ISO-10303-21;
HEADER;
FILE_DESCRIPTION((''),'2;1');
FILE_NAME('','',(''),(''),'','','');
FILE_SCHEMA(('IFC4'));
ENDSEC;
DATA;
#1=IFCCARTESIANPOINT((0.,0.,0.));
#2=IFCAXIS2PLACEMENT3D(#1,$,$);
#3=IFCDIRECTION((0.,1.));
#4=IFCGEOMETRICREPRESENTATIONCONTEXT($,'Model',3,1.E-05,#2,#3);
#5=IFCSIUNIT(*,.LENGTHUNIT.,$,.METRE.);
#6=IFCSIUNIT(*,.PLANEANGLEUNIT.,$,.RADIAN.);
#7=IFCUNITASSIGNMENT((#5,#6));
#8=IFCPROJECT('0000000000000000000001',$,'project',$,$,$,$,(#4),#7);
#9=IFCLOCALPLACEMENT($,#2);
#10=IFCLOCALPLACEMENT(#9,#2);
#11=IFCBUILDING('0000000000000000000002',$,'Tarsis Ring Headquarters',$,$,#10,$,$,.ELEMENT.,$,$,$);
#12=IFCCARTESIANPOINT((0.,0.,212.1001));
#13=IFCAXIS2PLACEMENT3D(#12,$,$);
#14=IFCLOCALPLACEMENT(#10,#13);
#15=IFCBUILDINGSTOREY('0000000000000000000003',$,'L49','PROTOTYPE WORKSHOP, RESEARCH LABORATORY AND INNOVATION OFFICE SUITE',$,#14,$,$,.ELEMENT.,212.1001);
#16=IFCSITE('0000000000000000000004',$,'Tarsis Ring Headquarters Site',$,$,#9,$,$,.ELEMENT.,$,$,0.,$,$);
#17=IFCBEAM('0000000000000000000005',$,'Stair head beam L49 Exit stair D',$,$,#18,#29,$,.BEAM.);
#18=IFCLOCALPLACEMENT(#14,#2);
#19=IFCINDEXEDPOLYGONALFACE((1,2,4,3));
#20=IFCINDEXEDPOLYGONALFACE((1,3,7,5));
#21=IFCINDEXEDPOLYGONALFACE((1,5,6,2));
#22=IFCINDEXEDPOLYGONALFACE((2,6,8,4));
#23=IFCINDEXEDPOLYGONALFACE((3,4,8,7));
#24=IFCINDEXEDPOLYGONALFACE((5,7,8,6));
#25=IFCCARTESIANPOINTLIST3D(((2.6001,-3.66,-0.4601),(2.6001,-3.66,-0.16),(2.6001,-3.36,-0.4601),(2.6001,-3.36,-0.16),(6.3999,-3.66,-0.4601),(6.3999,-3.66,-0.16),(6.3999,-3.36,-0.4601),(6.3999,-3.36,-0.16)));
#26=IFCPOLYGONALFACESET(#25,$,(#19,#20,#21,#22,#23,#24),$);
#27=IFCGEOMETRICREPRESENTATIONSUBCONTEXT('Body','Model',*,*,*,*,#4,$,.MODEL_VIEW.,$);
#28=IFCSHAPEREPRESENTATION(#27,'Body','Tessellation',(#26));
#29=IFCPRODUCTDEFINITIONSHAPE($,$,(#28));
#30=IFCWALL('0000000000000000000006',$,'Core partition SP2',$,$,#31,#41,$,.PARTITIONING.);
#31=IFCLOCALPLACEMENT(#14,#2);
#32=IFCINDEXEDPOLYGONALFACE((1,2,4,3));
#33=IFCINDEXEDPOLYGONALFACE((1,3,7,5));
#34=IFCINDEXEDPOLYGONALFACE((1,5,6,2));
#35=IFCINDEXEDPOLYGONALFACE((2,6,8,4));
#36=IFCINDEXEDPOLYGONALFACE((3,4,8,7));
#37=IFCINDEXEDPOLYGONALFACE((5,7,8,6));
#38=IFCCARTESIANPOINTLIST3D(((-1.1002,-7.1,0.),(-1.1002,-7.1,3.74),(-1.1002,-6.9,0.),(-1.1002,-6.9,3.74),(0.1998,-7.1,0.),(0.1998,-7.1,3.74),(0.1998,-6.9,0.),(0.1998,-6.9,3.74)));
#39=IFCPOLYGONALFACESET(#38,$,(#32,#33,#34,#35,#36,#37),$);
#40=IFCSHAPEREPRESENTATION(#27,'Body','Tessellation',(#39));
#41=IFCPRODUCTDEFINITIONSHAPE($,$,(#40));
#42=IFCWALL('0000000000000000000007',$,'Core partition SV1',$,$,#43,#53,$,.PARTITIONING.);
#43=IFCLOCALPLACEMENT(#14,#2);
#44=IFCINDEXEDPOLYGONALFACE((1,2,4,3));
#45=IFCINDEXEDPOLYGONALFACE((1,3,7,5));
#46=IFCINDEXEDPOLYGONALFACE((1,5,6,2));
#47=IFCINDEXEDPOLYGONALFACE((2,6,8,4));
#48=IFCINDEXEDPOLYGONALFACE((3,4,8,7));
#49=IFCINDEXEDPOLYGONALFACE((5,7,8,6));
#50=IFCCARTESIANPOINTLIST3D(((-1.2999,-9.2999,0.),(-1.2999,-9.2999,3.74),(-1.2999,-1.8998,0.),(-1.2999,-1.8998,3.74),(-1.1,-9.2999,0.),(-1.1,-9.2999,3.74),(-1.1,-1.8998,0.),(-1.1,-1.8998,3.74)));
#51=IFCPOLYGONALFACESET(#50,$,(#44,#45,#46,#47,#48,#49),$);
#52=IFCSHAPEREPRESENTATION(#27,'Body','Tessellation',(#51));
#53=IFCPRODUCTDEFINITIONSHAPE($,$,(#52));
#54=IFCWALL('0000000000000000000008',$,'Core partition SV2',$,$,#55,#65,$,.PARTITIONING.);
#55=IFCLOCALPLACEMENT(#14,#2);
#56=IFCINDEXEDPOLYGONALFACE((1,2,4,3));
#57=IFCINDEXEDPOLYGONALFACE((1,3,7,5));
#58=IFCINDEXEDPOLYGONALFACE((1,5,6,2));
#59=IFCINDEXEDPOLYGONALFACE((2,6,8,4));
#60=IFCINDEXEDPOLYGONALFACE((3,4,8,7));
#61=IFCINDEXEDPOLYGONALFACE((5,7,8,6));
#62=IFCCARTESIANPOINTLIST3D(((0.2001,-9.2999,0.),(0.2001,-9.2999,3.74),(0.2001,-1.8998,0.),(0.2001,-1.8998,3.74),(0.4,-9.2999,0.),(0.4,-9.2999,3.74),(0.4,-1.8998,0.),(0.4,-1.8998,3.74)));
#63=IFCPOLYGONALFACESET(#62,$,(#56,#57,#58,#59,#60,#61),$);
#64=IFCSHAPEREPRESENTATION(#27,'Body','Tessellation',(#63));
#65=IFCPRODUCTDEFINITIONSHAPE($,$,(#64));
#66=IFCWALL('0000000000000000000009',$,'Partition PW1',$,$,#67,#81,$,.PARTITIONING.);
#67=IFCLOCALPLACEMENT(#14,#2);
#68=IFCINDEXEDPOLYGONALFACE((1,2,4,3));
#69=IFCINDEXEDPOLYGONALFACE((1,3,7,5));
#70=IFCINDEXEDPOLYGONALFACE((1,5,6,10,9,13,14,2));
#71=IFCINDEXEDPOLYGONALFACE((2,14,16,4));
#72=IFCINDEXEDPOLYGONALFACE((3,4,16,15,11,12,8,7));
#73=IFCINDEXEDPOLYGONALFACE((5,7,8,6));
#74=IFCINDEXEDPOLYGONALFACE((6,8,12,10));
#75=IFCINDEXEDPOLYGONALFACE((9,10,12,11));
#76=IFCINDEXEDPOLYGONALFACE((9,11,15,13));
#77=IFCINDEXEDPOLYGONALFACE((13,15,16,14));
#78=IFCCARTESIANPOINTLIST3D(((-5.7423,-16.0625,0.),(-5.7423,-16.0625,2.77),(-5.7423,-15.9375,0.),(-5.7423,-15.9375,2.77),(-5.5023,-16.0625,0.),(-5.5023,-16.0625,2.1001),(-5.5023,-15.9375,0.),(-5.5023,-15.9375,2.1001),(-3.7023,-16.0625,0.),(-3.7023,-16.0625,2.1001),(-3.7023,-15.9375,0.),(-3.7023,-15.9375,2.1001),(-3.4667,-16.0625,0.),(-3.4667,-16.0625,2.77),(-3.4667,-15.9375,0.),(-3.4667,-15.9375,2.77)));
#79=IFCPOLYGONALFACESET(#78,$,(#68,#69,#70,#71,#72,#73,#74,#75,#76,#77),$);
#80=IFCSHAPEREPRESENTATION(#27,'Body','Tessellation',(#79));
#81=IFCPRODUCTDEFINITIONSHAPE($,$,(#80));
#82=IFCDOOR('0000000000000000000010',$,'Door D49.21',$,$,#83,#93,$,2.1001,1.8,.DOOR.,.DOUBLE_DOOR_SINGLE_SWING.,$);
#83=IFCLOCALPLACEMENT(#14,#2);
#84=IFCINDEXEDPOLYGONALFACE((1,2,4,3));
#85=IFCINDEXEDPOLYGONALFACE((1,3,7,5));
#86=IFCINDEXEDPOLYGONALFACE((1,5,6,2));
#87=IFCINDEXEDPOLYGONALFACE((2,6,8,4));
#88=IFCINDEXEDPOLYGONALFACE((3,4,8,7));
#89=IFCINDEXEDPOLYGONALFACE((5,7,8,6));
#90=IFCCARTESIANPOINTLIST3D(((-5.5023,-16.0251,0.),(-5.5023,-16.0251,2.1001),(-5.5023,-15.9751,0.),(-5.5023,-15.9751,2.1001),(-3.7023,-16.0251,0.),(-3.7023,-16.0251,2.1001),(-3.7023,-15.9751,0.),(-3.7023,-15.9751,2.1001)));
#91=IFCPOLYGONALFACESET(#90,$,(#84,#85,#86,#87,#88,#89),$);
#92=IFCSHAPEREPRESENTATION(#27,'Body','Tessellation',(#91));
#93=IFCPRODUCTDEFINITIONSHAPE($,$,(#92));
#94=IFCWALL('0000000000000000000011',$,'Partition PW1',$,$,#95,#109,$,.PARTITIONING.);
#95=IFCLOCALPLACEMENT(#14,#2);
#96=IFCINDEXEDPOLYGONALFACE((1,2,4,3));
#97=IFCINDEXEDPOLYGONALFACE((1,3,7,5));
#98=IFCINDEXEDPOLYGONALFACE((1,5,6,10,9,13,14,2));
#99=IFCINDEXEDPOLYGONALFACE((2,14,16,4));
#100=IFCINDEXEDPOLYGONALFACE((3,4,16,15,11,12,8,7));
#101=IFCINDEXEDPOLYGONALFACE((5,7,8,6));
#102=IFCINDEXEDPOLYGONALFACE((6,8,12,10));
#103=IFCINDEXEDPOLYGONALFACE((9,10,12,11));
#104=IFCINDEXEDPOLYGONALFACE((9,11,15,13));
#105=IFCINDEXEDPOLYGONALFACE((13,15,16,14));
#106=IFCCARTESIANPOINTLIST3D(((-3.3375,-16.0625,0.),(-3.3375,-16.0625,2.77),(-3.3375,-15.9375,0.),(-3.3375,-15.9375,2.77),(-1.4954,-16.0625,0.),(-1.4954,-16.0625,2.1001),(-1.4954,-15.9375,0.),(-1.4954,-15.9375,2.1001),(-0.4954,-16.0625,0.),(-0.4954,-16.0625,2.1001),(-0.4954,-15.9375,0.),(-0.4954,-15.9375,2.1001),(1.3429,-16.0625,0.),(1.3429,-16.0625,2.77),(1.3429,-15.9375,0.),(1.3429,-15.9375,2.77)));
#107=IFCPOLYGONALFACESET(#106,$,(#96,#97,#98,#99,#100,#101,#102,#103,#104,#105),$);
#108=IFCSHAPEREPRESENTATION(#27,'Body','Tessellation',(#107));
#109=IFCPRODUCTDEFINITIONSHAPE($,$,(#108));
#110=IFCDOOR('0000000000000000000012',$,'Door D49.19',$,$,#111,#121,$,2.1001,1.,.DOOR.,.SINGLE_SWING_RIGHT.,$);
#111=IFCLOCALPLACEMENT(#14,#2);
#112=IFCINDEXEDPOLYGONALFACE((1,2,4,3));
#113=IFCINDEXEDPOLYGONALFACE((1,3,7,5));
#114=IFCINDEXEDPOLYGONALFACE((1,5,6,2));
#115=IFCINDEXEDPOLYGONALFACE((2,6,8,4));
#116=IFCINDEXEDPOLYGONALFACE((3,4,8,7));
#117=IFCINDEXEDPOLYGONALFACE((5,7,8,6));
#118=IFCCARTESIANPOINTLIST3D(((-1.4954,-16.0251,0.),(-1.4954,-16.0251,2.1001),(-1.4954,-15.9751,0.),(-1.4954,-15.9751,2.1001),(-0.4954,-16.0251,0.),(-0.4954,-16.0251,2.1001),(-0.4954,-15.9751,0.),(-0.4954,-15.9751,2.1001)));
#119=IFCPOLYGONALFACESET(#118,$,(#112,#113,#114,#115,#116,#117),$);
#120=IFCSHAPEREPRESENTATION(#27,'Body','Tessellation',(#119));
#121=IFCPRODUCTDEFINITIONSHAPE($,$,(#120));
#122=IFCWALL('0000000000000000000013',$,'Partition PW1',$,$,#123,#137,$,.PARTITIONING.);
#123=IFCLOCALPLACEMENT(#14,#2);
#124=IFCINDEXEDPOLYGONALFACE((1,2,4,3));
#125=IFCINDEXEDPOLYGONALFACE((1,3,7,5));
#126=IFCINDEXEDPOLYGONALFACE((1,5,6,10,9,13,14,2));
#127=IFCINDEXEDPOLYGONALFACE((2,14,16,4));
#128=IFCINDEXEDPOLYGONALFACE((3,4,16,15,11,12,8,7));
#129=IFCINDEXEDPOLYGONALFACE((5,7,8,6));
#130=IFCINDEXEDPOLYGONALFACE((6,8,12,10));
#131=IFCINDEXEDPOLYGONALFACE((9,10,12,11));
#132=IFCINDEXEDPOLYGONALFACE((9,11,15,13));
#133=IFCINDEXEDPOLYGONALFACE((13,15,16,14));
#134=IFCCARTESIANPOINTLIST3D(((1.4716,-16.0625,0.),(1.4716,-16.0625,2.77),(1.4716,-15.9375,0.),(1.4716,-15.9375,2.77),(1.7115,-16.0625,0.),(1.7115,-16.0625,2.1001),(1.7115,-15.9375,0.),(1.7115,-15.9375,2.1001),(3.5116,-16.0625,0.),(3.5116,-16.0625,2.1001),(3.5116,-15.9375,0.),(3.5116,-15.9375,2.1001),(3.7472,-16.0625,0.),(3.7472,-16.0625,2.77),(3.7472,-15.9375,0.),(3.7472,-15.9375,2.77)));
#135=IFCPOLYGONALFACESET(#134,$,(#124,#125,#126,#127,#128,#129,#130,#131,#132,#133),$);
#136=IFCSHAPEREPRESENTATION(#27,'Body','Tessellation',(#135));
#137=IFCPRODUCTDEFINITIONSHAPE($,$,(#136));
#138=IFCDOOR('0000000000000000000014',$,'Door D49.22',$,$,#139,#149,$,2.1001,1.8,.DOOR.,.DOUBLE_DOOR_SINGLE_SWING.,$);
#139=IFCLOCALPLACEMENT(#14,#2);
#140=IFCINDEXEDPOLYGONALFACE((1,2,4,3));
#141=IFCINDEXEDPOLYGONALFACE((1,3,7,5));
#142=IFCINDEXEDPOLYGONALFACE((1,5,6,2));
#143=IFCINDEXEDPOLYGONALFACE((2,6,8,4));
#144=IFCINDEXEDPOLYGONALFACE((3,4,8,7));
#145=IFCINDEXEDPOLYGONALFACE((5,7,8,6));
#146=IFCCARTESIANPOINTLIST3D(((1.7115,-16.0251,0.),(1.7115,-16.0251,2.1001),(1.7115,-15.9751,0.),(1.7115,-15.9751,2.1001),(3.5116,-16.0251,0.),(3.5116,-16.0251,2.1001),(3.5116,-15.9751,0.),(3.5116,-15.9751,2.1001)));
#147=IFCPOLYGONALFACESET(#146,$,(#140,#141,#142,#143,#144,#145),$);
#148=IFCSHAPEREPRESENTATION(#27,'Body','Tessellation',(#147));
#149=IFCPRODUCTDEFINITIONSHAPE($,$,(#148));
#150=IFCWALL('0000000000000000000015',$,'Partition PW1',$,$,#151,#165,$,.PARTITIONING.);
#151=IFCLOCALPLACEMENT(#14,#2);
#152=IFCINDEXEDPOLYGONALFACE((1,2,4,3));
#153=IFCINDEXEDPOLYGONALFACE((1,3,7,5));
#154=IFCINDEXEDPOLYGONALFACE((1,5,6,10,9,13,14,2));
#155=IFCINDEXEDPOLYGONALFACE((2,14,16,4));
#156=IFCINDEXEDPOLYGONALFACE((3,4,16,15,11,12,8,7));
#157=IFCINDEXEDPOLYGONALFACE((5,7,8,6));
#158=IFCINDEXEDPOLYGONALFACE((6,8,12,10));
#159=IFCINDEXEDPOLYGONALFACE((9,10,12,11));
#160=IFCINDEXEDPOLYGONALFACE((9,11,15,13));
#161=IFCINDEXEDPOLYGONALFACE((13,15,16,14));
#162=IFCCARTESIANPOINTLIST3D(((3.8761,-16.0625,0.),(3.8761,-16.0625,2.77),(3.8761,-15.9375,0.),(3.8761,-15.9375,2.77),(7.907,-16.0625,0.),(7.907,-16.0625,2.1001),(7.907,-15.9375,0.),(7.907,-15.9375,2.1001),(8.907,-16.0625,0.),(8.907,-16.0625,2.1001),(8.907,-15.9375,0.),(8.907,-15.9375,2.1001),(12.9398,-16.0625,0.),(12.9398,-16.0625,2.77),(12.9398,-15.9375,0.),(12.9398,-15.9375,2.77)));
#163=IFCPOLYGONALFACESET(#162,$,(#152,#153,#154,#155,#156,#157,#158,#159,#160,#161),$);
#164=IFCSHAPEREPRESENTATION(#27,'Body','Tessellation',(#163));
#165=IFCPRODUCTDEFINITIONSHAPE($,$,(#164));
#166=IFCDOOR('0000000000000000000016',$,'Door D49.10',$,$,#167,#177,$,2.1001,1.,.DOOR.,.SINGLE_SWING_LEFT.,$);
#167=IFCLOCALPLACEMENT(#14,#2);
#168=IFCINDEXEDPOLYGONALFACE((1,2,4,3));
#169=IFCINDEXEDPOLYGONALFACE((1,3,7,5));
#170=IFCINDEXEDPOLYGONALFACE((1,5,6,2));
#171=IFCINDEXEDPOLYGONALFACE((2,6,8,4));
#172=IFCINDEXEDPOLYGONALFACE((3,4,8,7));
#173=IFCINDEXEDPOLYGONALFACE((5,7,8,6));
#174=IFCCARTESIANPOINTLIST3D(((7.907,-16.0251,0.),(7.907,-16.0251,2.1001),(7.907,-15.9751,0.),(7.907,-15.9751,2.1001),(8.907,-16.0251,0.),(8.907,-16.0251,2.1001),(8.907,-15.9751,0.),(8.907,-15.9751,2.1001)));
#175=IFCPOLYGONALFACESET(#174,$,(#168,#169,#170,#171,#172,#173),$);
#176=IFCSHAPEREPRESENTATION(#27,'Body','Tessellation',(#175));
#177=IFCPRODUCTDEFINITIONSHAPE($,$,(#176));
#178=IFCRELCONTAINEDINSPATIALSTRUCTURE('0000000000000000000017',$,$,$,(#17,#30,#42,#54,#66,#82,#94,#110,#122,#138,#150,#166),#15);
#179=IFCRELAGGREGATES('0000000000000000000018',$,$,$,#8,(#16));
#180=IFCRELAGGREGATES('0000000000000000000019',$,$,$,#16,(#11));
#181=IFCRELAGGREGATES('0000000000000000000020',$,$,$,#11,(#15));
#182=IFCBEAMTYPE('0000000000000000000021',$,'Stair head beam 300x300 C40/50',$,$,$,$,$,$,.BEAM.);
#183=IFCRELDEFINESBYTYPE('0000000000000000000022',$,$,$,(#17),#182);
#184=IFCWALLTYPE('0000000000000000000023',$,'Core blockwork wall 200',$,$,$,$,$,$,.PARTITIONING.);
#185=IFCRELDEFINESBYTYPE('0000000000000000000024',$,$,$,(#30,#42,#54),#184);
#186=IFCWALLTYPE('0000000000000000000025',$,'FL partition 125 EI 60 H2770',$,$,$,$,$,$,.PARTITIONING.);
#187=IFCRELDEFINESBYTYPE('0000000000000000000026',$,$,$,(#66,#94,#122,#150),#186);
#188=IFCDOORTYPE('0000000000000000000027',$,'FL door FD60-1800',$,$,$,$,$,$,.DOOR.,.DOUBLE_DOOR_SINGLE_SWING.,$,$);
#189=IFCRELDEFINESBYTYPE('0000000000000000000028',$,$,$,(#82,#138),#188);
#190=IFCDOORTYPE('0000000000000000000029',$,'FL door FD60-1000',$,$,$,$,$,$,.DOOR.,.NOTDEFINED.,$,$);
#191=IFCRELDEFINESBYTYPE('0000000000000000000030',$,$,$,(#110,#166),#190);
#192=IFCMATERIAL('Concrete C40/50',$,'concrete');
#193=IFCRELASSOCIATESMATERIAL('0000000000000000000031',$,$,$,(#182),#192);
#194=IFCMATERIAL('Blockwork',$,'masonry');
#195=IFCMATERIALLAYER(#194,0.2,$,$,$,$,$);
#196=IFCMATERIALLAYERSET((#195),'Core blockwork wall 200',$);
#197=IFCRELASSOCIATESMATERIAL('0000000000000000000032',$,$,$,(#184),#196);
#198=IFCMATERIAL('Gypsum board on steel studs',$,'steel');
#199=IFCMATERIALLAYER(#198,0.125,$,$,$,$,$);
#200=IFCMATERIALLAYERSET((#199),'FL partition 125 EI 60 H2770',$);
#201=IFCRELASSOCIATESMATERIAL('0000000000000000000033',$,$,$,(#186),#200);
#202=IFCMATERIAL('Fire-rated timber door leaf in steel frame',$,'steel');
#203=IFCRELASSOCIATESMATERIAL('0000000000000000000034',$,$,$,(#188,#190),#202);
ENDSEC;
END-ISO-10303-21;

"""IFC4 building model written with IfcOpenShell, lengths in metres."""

from ifc_helpers import new_model, si_unit, direction, frame, frame_2d, origin, origin_2d, place, context, subcontext, project, spatial, rectangle, extrude, material, layer, layer_set, material_profile, profile_set, type_object, element, fill, save


model = new_model("IFC4")

# Units and contexts
model_context = context("Model", 3, precision=1e-05, world=origin(), true_north=direction((0.0, 1.0)))
body_context = subcontext(model_context, "Body", "Model", "MODEL_VIEW")
ifc_project = project(units=[si_unit("LENGTHUNIT", "METRE"), si_unit("PLANEANGLEUNIT", "RADIAN")], contexts=[model_context])

# Site, building, storey
site_placement = place(None, origin())
site = spatial("IfcSite", under=ifc_project, at=site_placement, Name="Tarsis Ring Headquarters Site", CompositionType="ELEMENT", RefElevation=0.0)
building_placement = place(site_placement, origin())
building = spatial("IfcBuilding", under=site, at=building_placement, Name="Tarsis Ring Headquarters", CompositionType="ELEMENT")
storey_placement = place(building_placement, frame((0.0, 0.0, 212.1001)))
storey = spatial("IfcBuildingStorey", under=building, at=storey_placement, Name="L49", Description="PROTOTYPE WORKSHOP, RESEARCH LABORATORY AND INNOVATION OFFICE SUITE", CompositionType="ELEMENT", Elevation=212.1001)

# Beam
ifc_material_1 = material(Name="Concrete C40/50", Category="concrete")
ifc_material_profile = material_profile(ifc_material_1, rectangle(XDim=0.3, YDim=0.3, at=origin_2d()), Name="Stair head beam 300x300 C40/50")
ifc_profile_set = profile_set([ifc_material_profile], Name="Concrete C40/50")
beam_type = type_object("IfcBeamType", Name="Stair head beam 300x300 C40/50", PredefinedType="BEAM", material=ifc_profile_set)
beam_placement = place(storey_placement, frame((2.6001, -3.51, -0.3101), z_axis=(1.0, 0.0, 0.0), x_axis=(0.0, 1.0, 0.0)))
element("IfcBeam", 1, at=beam_placement, inside=storey, type_object=beam_type, Name="Stair head beam L49 Exit stair D", PredefinedType="BEAM", context=body_context, shape_type="SweptSolid", body=[
    extrude(rectangle(XDim=0.3, YDim=0.3, at=origin_2d()), origin(), (0.0, 0.0, 1.0), 3.7998),
])

# Walls
ifc_material_2 = material(Name="Blockwork", Category="masonry")
ifc_layer_1 = layer(ifc_material_2, 0.2)
ifc_layer_set_1 = layer_set([ifc_layer_1], Name="Core blockwork wall 200")
wall_type_1 = type_object("IfcWallType", Name="Core blockwork wall 200", PredefinedType="PARTITIONING", material=ifc_layer_set_1)
wall_1_placement = place(storey_placement, frame((-1.1001, -7.0, 0.0), z_axis=(0.0, 0.0, 1.0), x_axis=(1.0, 0.0, 0.0)))
element("IfcWall", 2, at=wall_1_placement, inside=storey, type_object=wall_type_1, Name="Core partition SP2", PredefinedType="PARTITIONING", context=body_context, shape_type="SweptSolid", body=[
    extrude(rectangle(XDim=1.3, YDim=0.2, at=frame_2d((0.6499, 0.0))), origin(), (0.0, 0.0, 1.0), 3.74),
])
for number, where, z_axis, x_axis, name in (
    (3, (-1.2, -9.3, 0.0), (0.0, 0.0, 1.0), (0.0, 1.0, 0.0), "Core partition SV1"),
    (4, (0.3, -9.3, 0.0), (0.0, 0.0, 1.0), (0.0, 1.0, 0.0), "Core partition SV2"),
):
    element("IfcWall", number, at=place(storey_placement, frame(where, z_axis=z_axis, x_axis=x_axis)), inside=storey, type_object=wall_type_1, Name=name, PredefinedType="PARTITIONING", context=body_context, shape_type="SweptSolid", body=[
        extrude(rectangle(XDim=7.4001, YDim=0.2, at=frame_2d((3.7002, 0.0))), origin(), (0.0, 0.0, 1.0), 3.74),
    ])

# Walls, openings, doors
ifc_material_3 = material(Name="Gypsum board on steel studs", Category="steel")
ifc_layer_2 = layer(ifc_material_3, 0.125)
ifc_layer_set_2 = layer_set([ifc_layer_2], Name="FL partition 125 EI 60 H2770")
wall_type_2 = type_object("IfcWallType", Name="FL partition 125 EI 60 H2770", PredefinedType="PARTITIONING", material=ifc_layer_set_2)
wall_2_placement = place(storey_placement, frame((-5.7422, -16.0, 0.0), z_axis=(0.0, 0.0, 1.0), x_axis=(1.0, 0.0, 0.0)))
wall_2 = element("IfcWall", 5, at=wall_2_placement, inside=storey, type_object=wall_type_2, Name="Partition PW1", PredefinedType="PARTITIONING", context=body_context, shape_type="SweptSolid", body=[
    extrude(rectangle(XDim=2.2756, YDim=0.125, at=frame_2d((1.1377, 0.0))), origin(), (0.0, 0.0, 1.0), 2.77),
])
opening_1_placement = place(wall_2_placement, frame((0.24, 0.0, 0.0)))
opening_1 = element("IfcOpeningElement", 6, at=opening_1_placement, cuts=wall_2, PredefinedType="OPENING", context=body_context, shape_type="SweptSolid", body=[
    extrude(rectangle(XDim=1.8, YDim=2.1001, at=frame_2d((0.8999, 1.05))), frame((0.0, 0.0725, 0.0), z_axis=(0.0, -1.0, 0.0), x_axis=(1.0, 0.0, 0.0)), (0.0, 0.0, 1.0), 0.145),
])
ifc_material_4 = material(Name="Fire-rated timber door leaf in steel frame", Category="steel")
door_type_1 = type_object("IfcDoorType", Name="FL door FD60-1800", OperationType="DOUBLE_DOOR_SINGLE_SWING", PredefinedType="DOOR", material=ifc_material_4)
door_1_placement = place(opening_1_placement, origin())
door_1 = element("IfcDoor", 7, at=door_1_placement, inside=storey, type_object=door_type_1, Name="Door D49.21", OperationType="DOUBLE_DOOR_SINGLE_SWING", OverallHeight=2.1001, OverallWidth=1.8, PredefinedType="DOOR", context=body_context, shape_type="SweptSolid", body=[
    extrude(rectangle(XDim=1.8, YDim=2.1001, at=frame_2d((0.8999, 1.05))), frame((0.0, 0.0249, 0.0), z_axis=(0.0, -1.0, 0.0), x_axis=(1.0, 0.0, 0.0)), (0.0, 0.0, 1.0), 0.05),
])
fill(opening_1, door_1)
wall_3_placement = place(storey_placement, frame((-3.3376, -16.0, 0.0), z_axis=(0.0, 0.0, 1.0), x_axis=(1.0, 0.0, 0.0)))
wall_3 = element("IfcWall", 8, at=wall_3_placement, inside=storey, type_object=wall_type_2, Name="Partition PW1", PredefinedType="PARTITIONING", context=body_context, shape_type="SweptSolid", body=[
    extrude(rectangle(XDim=4.6804, YDim=0.125, at=frame_2d((2.3403, 0.0))), origin(), (0.0, 0.0, 1.0), 2.77),
])
opening_2_placement = place(wall_3_placement, frame((1.8423, 0.0, 0.0)))
opening_2 = element("IfcOpeningElement", 9, at=opening_2_placement, cuts=wall_3, PredefinedType="OPENING", context=body_context, shape_type="SweptSolid", body=[
    extrude(rectangle(XDim=1.0, YDim=2.1001, at=frame_2d((0.5, 1.05))), frame((0.0, 0.0725, 0.0), z_axis=(0.0, -1.0, 0.0), x_axis=(1.0, 0.0, 0.0)), (0.0, 0.0, 1.0), 0.145),
])
door_type_2 = type_object("IfcDoorType", Name="FL door FD60-1000", OperationType="NOTDEFINED", PredefinedType="DOOR", material=ifc_material_4)
door_2_placement = place(opening_2_placement, origin())
door_2 = element("IfcDoor", 10, at=door_2_placement, inside=storey, type_object=door_type_2, Name="Door D49.19", OperationType="SINGLE_SWING_RIGHT", OverallHeight=2.1001, OverallWidth=1.0, PredefinedType="DOOR", context=body_context, shape_type="SweptSolid", body=[
    extrude(rectangle(XDim=1.0, YDim=2.1001, at=frame_2d((0.5, 1.05))), frame((0.0, 0.0249, 0.0), z_axis=(0.0, -1.0, 0.0), x_axis=(1.0, 0.0, 0.0)), (0.0, 0.0, 1.0), 0.05),
])
fill(opening_2, door_2)
wall_4_placement = place(storey_placement, frame((1.4717, -16.0, 0.0), z_axis=(0.0, 0.0, 1.0), x_axis=(1.0, 0.0, 0.0)))
wall_4 = element("IfcWall", 11, at=wall_4_placement, inside=storey, type_object=wall_type_2, Name="Partition PW1", PredefinedType="PARTITIONING", context=body_context, shape_type="SweptSolid", body=[
    extrude(rectangle(XDim=2.2756, YDim=0.125, at=frame_2d((1.1377, 0.0))), origin(), (0.0, 0.0, 1.0), 2.77),
])
opening_3_placement = place(wall_4_placement, frame((0.24, 0.0, 0.0)))
opening_3 = element("IfcOpeningElement", 12, at=opening_3_placement, cuts=wall_4, PredefinedType="OPENING", context=body_context, shape_type="SweptSolid", body=[
    extrude(rectangle(XDim=1.8, YDim=2.1001, at=frame_2d((0.8999, 1.05))), frame((0.0, 0.0725, 0.0), z_axis=(0.0, -1.0, 0.0), x_axis=(1.0, 0.0, 0.0)), (0.0, 0.0, 1.0), 0.145),
])
door_3_placement = place(opening_3_placement, origin())
door_3 = element("IfcDoor", 13, at=door_3_placement, inside=storey, type_object=door_type_1, Name="Door D49.22", OperationType="DOUBLE_DOOR_SINGLE_SWING", OverallHeight=2.1001, OverallWidth=1.8, PredefinedType="DOOR", context=body_context, shape_type="SweptSolid", body=[
    extrude(rectangle(XDim=1.8, YDim=2.1001, at=frame_2d((0.8999, 1.05))), frame((0.0, 0.0249, 0.0), z_axis=(0.0, -1.0, 0.0), x_axis=(1.0, 0.0, 0.0)), (0.0, 0.0, 1.0), 0.05),
])
fill(opening_3, door_3)
wall_5_placement = place(storey_placement, frame((3.8762, -16.0, 0.0), z_axis=(0.0, 0.0, 1.0), x_axis=(1.0, 0.0, 0.0)))
wall_5 = element("IfcWall", 14, at=wall_5_placement, inside=storey, type_object=wall_type_2, Name="Partition PW1", PredefinedType="PARTITIONING", context=body_context, shape_type="SweptSolid", body=[
    extrude(rectangle(XDim=9.0637, YDim=0.125, at=frame_2d((4.5317, 0.0))), origin(), (0.0, 0.0, 1.0), 2.77),
])
opening_4_placement = place(wall_5_placement, frame((4.0308, 0.0, 0.0)))
opening_4 = element("IfcOpeningElement", 15, at=opening_4_placement, cuts=wall_5, PredefinedType="OPENING", context=body_context, shape_type="SweptSolid", body=[
    extrude(rectangle(XDim=1.0, YDim=2.1001, at=frame_2d((0.5, 1.05))), frame((0.0, 0.0725, 0.0), z_axis=(0.0, -1.0, 0.0), x_axis=(1.0, 0.0, 0.0)), (0.0, 0.0, 1.0), 0.145),
])
door_4_placement = place(opening_4_placement, origin())
door_4 = element("IfcDoor", 16, at=door_4_placement, inside=storey, type_object=door_type_2, Name="Door D49.10", OperationType="SINGLE_SWING_LEFT", OverallHeight=2.1001, OverallWidth=1.0, PredefinedType="DOOR", context=body_context, shape_type="SweptSolid", body=[
    extrude(rectangle(XDim=1.0, YDim=2.1001, at=frame_2d((0.5, 1.05))), frame((0.0, 0.0249, 0.0), z_axis=(0.0, -1.0, 0.0), x_axis=(1.0, 0.0, 0.0)), (0.0, 0.0, 1.0), 0.05),
])
fill(opening_4, door_4)

save(model, "model.ifc")
